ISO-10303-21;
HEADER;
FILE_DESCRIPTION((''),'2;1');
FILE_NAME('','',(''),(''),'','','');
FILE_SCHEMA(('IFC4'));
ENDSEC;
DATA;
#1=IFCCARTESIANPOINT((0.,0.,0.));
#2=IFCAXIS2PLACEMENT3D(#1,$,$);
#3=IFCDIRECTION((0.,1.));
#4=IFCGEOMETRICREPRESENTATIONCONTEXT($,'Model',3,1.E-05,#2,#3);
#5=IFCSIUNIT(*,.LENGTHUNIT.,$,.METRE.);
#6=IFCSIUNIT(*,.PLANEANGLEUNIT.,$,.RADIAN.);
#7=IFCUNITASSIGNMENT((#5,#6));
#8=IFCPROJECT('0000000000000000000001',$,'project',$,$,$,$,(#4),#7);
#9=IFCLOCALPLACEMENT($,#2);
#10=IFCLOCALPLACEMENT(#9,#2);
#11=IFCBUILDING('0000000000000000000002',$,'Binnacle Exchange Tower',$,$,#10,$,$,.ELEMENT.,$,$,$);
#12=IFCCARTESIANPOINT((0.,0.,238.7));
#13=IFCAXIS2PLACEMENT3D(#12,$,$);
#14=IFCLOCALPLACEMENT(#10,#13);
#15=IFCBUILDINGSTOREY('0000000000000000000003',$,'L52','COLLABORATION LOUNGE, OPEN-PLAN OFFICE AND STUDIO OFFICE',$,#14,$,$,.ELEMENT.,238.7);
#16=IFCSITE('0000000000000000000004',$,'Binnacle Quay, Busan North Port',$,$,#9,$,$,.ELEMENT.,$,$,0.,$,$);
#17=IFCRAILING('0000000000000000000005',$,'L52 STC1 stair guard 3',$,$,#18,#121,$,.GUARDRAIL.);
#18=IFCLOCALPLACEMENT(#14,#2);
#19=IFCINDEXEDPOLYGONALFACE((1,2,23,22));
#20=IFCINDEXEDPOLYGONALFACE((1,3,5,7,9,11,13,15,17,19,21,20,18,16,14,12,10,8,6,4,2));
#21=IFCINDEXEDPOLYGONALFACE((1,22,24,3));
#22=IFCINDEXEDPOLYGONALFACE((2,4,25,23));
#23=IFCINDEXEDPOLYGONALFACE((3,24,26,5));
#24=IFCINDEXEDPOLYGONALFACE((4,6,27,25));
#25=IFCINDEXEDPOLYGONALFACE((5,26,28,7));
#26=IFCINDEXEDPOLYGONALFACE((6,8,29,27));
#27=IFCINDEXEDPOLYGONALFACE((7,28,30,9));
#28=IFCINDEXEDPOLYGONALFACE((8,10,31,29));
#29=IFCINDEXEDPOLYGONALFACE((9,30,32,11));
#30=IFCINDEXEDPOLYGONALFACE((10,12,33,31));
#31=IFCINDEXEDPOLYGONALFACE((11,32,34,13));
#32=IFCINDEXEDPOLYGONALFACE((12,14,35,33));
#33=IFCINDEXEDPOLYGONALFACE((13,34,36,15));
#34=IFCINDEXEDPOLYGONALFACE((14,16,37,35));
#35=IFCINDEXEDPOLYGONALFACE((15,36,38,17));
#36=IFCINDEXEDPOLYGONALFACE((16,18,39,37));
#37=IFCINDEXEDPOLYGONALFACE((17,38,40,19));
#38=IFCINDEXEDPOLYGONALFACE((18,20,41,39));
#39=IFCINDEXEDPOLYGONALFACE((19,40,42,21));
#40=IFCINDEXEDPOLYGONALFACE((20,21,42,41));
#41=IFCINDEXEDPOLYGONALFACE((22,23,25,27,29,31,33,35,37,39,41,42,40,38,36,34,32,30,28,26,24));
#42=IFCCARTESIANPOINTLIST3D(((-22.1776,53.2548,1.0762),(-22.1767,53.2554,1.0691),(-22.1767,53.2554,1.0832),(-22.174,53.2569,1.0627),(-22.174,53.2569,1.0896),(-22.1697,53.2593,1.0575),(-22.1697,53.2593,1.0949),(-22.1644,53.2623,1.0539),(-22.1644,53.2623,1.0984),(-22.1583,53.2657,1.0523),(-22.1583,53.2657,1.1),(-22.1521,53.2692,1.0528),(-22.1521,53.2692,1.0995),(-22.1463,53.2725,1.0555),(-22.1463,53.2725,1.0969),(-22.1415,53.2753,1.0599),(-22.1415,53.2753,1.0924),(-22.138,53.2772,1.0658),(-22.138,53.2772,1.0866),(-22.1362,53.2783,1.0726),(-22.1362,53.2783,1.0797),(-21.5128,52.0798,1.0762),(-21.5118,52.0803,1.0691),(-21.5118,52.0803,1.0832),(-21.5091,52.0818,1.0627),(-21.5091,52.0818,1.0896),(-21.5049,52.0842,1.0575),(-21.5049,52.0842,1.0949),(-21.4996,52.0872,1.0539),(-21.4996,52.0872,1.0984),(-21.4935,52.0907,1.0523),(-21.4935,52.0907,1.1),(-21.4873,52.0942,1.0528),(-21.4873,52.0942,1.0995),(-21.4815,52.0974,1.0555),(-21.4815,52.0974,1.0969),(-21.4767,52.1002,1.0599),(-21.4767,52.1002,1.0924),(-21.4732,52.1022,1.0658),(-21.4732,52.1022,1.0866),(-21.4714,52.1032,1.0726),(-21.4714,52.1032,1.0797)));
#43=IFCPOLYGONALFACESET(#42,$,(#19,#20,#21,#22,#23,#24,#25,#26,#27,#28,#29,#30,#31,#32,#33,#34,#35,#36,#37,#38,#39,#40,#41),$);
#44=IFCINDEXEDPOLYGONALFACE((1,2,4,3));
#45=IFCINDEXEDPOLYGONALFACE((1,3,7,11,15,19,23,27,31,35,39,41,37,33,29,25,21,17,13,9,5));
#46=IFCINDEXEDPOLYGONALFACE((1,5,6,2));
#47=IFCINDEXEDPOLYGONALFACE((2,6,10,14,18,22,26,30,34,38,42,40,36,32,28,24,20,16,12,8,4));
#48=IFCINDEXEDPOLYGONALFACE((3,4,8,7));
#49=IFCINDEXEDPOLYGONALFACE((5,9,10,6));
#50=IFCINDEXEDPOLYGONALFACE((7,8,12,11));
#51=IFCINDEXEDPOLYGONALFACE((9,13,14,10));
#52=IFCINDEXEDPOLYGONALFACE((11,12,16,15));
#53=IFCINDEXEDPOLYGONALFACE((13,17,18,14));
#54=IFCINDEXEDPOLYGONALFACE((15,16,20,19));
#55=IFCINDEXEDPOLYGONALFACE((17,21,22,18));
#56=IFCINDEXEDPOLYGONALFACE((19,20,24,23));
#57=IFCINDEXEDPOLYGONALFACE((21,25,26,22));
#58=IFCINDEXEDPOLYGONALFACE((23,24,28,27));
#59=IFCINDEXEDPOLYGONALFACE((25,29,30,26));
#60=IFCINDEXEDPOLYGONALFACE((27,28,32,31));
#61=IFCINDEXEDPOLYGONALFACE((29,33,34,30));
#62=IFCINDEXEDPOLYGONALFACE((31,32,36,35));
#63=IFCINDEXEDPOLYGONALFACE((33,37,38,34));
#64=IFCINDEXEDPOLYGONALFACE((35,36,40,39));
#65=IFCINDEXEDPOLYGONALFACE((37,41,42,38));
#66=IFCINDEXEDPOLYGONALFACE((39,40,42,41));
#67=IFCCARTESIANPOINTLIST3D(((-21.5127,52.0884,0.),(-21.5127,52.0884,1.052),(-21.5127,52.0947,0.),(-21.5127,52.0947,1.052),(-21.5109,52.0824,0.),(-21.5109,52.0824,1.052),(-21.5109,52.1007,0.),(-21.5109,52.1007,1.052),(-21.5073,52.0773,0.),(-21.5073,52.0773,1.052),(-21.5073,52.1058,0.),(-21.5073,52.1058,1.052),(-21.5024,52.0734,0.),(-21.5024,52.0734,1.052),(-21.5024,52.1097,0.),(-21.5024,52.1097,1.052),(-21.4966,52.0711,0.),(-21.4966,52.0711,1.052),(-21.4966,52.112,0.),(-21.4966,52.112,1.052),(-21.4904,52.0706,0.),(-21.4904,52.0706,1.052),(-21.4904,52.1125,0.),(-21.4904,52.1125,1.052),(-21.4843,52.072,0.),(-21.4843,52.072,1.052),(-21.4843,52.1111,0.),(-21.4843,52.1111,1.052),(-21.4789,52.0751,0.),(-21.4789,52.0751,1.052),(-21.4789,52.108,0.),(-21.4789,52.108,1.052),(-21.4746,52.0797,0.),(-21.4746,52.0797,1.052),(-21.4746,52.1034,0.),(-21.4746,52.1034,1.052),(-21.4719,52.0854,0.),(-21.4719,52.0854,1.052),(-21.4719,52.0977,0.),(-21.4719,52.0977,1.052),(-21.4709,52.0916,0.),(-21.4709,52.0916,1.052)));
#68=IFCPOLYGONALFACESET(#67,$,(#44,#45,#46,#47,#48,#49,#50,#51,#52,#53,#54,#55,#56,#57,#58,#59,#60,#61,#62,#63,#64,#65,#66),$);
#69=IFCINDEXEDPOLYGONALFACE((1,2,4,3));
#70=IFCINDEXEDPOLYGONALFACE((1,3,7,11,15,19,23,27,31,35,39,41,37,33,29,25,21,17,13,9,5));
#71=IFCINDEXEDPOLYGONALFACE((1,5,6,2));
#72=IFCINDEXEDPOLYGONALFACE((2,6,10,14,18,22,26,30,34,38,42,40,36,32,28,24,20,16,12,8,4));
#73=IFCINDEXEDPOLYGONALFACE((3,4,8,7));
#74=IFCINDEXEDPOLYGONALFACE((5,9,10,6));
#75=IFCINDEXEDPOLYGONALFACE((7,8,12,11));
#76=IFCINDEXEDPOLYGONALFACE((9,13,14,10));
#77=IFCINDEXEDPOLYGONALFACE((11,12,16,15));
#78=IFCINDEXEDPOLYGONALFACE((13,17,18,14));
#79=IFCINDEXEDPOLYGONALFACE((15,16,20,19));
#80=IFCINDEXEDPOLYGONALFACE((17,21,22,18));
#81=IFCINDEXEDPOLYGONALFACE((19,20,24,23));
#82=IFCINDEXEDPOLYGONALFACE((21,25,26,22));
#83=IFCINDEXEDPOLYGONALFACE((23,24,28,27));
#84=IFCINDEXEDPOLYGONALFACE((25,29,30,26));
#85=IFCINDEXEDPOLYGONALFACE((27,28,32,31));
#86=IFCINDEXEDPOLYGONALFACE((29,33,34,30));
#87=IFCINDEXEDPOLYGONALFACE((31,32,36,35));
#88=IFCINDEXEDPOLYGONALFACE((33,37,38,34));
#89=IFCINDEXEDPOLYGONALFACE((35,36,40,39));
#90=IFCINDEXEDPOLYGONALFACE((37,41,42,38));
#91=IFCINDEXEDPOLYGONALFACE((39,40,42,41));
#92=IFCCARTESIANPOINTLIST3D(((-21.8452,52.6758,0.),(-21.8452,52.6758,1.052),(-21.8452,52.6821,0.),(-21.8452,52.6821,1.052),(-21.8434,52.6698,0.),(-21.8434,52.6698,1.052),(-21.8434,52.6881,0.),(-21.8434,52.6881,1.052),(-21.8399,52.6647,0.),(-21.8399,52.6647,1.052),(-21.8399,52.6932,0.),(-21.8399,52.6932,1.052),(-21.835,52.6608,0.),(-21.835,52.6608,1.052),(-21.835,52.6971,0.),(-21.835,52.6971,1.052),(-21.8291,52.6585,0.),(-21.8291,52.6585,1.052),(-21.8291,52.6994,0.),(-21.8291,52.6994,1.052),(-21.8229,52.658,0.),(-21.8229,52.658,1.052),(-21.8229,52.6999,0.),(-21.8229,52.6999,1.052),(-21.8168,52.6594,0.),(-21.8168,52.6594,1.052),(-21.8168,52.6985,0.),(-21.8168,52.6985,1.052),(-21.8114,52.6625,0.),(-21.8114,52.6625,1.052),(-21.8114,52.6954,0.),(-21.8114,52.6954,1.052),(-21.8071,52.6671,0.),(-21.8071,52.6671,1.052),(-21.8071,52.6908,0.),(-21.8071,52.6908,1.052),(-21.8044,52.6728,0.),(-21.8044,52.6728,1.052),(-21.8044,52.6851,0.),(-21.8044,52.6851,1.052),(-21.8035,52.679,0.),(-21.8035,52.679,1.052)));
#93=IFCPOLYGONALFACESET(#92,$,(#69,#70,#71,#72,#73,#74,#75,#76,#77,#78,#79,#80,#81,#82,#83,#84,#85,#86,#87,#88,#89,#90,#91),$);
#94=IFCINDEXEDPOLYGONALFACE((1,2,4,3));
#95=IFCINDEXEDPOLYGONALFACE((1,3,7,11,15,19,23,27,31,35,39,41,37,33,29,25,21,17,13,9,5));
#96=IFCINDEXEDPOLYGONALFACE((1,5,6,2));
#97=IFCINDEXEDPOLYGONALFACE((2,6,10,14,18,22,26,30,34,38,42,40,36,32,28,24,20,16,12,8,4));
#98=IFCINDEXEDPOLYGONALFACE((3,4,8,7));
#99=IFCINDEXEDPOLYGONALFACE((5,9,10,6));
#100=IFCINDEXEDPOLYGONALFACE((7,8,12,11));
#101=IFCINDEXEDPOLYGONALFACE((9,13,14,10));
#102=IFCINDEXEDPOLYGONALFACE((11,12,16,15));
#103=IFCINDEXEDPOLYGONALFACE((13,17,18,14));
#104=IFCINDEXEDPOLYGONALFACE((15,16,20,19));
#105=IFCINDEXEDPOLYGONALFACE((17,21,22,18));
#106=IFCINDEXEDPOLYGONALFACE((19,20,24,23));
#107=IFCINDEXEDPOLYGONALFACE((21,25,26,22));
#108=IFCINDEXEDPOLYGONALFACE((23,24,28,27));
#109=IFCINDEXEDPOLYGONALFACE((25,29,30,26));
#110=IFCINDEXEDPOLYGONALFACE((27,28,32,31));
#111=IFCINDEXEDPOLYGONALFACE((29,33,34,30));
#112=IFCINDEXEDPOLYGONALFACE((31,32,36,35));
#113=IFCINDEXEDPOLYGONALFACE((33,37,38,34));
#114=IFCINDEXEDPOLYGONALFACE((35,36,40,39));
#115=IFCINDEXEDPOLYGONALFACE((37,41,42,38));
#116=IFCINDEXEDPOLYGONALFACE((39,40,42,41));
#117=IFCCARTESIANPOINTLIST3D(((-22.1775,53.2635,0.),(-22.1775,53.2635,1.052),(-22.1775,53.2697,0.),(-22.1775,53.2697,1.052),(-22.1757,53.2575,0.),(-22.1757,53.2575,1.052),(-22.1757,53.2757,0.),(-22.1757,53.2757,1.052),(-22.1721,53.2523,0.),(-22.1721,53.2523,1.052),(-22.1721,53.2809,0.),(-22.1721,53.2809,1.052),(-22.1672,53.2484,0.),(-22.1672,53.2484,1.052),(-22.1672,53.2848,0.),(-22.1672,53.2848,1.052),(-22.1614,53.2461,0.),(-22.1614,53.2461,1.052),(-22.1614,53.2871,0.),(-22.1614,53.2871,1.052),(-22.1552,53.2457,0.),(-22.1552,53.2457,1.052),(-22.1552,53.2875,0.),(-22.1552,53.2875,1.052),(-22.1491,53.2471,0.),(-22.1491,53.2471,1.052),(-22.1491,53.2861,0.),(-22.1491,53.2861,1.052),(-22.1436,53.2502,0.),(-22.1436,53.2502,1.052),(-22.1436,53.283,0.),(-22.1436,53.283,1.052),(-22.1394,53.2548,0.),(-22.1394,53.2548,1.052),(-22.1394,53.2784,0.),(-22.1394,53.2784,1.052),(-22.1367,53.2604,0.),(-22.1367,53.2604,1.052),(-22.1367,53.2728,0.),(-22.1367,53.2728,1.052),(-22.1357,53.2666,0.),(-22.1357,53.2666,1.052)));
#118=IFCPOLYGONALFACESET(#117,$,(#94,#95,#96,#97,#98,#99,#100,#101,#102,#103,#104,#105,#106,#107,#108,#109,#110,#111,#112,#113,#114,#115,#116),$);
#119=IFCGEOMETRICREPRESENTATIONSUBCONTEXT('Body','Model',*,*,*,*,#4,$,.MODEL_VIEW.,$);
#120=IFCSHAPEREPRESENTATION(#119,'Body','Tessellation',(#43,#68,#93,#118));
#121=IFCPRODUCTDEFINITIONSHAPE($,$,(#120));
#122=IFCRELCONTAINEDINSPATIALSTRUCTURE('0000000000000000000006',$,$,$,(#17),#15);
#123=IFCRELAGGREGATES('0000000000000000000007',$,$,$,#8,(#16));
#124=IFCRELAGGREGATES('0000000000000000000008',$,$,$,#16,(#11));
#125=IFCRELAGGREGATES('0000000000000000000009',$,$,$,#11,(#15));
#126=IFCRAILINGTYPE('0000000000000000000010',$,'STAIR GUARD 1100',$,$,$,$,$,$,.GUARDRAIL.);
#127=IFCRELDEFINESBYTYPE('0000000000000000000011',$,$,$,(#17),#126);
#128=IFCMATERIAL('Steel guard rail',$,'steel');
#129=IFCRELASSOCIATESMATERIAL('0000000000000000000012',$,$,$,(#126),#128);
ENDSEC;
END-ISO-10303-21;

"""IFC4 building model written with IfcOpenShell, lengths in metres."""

from ifc_helpers import new_model, si_unit, direction, frame, origin, origin_2d, place, context, subcontext, project, spatial, circle, extrude, material, type_object, element, save


model = new_model("IFC4")

# Units and contexts
model_context = context("Model", 3, precision=1e-05, world=origin(), true_north=direction((0.0, 1.0)))
body_context = subcontext(model_context, "Body", "Model", "MODEL_VIEW")
ifc_project = project(units=[si_unit("LENGTHUNIT", "METRE"), si_unit("PLANEANGLEUNIT", "RADIAN")], contexts=[model_context])

# Site, building, storey
site_placement = place(None, origin())
site = spatial("IfcSite", under=ifc_project, at=site_placement, Name="Binnacle Quay, Busan North Port", CompositionType="ELEMENT", RefElevation=0.0)
building_placement = place(site_placement, origin())
building = spatial("IfcBuilding", under=site, at=building_placement, Name="Binnacle Exchange Tower", CompositionType="ELEMENT")
storey_placement = place(building_placement, frame((0.0, 0.0, 238.7)))
storey = spatial("IfcBuildingStorey", under=building, at=storey_placement, Name="L52", Description="COLLABORATION LOUNGE, OPEN-PLAN OFFICE AND STUDIO OFFICE", CompositionType="ELEMENT", Elevation=238.7)

# Railing
ifc_material_1 = material(Name="Steel guard rail", Category="steel")
railing_type_1 = type_object("IfcRailingType", Name="STAIR GUARD 1100", PredefinedType="GUARDRAIL", material=ifc_material_1)
railing_1_placement = place(storey_placement, frame((-21.4919, 52.0916, 0.0)))
element("IfcRailing", 1, at=railing_1_placement, inside=storey, type_object=railing_type_1, Name="L52 STC1 stair guard 3", PredefinedType="GUARDRAIL", context=body_context, shape_type="SweptSolid", body=[
    extrude(circle(Radius=0.0239, at=origin_2d()), frame((0.0, 0.0, 1.0762), z_axis=(-0.492415, 0.870361, 0.0), x_axis=(-0.870361, -0.492415, 0.0)), (0.0, 0.0, 1.0), 1.3501),
    extrude(circle(Radius=0.021, at=origin_2d()), origin(), (0.0, 0.0, 1.0), 1.052),
    extrude(circle(Radius=0.021, at=origin_2d()), frame((-0.3325, 0.5874, 0.0)), (0.0, 0.0, 1.0), 1.052),
    extrude(circle(Radius=0.021, at=origin_2d()), frame((-0.6648, 1.175, 0.0)), (0.0, 0.0, 1.0), 1.052),
])

save(model, "model.ifc")
